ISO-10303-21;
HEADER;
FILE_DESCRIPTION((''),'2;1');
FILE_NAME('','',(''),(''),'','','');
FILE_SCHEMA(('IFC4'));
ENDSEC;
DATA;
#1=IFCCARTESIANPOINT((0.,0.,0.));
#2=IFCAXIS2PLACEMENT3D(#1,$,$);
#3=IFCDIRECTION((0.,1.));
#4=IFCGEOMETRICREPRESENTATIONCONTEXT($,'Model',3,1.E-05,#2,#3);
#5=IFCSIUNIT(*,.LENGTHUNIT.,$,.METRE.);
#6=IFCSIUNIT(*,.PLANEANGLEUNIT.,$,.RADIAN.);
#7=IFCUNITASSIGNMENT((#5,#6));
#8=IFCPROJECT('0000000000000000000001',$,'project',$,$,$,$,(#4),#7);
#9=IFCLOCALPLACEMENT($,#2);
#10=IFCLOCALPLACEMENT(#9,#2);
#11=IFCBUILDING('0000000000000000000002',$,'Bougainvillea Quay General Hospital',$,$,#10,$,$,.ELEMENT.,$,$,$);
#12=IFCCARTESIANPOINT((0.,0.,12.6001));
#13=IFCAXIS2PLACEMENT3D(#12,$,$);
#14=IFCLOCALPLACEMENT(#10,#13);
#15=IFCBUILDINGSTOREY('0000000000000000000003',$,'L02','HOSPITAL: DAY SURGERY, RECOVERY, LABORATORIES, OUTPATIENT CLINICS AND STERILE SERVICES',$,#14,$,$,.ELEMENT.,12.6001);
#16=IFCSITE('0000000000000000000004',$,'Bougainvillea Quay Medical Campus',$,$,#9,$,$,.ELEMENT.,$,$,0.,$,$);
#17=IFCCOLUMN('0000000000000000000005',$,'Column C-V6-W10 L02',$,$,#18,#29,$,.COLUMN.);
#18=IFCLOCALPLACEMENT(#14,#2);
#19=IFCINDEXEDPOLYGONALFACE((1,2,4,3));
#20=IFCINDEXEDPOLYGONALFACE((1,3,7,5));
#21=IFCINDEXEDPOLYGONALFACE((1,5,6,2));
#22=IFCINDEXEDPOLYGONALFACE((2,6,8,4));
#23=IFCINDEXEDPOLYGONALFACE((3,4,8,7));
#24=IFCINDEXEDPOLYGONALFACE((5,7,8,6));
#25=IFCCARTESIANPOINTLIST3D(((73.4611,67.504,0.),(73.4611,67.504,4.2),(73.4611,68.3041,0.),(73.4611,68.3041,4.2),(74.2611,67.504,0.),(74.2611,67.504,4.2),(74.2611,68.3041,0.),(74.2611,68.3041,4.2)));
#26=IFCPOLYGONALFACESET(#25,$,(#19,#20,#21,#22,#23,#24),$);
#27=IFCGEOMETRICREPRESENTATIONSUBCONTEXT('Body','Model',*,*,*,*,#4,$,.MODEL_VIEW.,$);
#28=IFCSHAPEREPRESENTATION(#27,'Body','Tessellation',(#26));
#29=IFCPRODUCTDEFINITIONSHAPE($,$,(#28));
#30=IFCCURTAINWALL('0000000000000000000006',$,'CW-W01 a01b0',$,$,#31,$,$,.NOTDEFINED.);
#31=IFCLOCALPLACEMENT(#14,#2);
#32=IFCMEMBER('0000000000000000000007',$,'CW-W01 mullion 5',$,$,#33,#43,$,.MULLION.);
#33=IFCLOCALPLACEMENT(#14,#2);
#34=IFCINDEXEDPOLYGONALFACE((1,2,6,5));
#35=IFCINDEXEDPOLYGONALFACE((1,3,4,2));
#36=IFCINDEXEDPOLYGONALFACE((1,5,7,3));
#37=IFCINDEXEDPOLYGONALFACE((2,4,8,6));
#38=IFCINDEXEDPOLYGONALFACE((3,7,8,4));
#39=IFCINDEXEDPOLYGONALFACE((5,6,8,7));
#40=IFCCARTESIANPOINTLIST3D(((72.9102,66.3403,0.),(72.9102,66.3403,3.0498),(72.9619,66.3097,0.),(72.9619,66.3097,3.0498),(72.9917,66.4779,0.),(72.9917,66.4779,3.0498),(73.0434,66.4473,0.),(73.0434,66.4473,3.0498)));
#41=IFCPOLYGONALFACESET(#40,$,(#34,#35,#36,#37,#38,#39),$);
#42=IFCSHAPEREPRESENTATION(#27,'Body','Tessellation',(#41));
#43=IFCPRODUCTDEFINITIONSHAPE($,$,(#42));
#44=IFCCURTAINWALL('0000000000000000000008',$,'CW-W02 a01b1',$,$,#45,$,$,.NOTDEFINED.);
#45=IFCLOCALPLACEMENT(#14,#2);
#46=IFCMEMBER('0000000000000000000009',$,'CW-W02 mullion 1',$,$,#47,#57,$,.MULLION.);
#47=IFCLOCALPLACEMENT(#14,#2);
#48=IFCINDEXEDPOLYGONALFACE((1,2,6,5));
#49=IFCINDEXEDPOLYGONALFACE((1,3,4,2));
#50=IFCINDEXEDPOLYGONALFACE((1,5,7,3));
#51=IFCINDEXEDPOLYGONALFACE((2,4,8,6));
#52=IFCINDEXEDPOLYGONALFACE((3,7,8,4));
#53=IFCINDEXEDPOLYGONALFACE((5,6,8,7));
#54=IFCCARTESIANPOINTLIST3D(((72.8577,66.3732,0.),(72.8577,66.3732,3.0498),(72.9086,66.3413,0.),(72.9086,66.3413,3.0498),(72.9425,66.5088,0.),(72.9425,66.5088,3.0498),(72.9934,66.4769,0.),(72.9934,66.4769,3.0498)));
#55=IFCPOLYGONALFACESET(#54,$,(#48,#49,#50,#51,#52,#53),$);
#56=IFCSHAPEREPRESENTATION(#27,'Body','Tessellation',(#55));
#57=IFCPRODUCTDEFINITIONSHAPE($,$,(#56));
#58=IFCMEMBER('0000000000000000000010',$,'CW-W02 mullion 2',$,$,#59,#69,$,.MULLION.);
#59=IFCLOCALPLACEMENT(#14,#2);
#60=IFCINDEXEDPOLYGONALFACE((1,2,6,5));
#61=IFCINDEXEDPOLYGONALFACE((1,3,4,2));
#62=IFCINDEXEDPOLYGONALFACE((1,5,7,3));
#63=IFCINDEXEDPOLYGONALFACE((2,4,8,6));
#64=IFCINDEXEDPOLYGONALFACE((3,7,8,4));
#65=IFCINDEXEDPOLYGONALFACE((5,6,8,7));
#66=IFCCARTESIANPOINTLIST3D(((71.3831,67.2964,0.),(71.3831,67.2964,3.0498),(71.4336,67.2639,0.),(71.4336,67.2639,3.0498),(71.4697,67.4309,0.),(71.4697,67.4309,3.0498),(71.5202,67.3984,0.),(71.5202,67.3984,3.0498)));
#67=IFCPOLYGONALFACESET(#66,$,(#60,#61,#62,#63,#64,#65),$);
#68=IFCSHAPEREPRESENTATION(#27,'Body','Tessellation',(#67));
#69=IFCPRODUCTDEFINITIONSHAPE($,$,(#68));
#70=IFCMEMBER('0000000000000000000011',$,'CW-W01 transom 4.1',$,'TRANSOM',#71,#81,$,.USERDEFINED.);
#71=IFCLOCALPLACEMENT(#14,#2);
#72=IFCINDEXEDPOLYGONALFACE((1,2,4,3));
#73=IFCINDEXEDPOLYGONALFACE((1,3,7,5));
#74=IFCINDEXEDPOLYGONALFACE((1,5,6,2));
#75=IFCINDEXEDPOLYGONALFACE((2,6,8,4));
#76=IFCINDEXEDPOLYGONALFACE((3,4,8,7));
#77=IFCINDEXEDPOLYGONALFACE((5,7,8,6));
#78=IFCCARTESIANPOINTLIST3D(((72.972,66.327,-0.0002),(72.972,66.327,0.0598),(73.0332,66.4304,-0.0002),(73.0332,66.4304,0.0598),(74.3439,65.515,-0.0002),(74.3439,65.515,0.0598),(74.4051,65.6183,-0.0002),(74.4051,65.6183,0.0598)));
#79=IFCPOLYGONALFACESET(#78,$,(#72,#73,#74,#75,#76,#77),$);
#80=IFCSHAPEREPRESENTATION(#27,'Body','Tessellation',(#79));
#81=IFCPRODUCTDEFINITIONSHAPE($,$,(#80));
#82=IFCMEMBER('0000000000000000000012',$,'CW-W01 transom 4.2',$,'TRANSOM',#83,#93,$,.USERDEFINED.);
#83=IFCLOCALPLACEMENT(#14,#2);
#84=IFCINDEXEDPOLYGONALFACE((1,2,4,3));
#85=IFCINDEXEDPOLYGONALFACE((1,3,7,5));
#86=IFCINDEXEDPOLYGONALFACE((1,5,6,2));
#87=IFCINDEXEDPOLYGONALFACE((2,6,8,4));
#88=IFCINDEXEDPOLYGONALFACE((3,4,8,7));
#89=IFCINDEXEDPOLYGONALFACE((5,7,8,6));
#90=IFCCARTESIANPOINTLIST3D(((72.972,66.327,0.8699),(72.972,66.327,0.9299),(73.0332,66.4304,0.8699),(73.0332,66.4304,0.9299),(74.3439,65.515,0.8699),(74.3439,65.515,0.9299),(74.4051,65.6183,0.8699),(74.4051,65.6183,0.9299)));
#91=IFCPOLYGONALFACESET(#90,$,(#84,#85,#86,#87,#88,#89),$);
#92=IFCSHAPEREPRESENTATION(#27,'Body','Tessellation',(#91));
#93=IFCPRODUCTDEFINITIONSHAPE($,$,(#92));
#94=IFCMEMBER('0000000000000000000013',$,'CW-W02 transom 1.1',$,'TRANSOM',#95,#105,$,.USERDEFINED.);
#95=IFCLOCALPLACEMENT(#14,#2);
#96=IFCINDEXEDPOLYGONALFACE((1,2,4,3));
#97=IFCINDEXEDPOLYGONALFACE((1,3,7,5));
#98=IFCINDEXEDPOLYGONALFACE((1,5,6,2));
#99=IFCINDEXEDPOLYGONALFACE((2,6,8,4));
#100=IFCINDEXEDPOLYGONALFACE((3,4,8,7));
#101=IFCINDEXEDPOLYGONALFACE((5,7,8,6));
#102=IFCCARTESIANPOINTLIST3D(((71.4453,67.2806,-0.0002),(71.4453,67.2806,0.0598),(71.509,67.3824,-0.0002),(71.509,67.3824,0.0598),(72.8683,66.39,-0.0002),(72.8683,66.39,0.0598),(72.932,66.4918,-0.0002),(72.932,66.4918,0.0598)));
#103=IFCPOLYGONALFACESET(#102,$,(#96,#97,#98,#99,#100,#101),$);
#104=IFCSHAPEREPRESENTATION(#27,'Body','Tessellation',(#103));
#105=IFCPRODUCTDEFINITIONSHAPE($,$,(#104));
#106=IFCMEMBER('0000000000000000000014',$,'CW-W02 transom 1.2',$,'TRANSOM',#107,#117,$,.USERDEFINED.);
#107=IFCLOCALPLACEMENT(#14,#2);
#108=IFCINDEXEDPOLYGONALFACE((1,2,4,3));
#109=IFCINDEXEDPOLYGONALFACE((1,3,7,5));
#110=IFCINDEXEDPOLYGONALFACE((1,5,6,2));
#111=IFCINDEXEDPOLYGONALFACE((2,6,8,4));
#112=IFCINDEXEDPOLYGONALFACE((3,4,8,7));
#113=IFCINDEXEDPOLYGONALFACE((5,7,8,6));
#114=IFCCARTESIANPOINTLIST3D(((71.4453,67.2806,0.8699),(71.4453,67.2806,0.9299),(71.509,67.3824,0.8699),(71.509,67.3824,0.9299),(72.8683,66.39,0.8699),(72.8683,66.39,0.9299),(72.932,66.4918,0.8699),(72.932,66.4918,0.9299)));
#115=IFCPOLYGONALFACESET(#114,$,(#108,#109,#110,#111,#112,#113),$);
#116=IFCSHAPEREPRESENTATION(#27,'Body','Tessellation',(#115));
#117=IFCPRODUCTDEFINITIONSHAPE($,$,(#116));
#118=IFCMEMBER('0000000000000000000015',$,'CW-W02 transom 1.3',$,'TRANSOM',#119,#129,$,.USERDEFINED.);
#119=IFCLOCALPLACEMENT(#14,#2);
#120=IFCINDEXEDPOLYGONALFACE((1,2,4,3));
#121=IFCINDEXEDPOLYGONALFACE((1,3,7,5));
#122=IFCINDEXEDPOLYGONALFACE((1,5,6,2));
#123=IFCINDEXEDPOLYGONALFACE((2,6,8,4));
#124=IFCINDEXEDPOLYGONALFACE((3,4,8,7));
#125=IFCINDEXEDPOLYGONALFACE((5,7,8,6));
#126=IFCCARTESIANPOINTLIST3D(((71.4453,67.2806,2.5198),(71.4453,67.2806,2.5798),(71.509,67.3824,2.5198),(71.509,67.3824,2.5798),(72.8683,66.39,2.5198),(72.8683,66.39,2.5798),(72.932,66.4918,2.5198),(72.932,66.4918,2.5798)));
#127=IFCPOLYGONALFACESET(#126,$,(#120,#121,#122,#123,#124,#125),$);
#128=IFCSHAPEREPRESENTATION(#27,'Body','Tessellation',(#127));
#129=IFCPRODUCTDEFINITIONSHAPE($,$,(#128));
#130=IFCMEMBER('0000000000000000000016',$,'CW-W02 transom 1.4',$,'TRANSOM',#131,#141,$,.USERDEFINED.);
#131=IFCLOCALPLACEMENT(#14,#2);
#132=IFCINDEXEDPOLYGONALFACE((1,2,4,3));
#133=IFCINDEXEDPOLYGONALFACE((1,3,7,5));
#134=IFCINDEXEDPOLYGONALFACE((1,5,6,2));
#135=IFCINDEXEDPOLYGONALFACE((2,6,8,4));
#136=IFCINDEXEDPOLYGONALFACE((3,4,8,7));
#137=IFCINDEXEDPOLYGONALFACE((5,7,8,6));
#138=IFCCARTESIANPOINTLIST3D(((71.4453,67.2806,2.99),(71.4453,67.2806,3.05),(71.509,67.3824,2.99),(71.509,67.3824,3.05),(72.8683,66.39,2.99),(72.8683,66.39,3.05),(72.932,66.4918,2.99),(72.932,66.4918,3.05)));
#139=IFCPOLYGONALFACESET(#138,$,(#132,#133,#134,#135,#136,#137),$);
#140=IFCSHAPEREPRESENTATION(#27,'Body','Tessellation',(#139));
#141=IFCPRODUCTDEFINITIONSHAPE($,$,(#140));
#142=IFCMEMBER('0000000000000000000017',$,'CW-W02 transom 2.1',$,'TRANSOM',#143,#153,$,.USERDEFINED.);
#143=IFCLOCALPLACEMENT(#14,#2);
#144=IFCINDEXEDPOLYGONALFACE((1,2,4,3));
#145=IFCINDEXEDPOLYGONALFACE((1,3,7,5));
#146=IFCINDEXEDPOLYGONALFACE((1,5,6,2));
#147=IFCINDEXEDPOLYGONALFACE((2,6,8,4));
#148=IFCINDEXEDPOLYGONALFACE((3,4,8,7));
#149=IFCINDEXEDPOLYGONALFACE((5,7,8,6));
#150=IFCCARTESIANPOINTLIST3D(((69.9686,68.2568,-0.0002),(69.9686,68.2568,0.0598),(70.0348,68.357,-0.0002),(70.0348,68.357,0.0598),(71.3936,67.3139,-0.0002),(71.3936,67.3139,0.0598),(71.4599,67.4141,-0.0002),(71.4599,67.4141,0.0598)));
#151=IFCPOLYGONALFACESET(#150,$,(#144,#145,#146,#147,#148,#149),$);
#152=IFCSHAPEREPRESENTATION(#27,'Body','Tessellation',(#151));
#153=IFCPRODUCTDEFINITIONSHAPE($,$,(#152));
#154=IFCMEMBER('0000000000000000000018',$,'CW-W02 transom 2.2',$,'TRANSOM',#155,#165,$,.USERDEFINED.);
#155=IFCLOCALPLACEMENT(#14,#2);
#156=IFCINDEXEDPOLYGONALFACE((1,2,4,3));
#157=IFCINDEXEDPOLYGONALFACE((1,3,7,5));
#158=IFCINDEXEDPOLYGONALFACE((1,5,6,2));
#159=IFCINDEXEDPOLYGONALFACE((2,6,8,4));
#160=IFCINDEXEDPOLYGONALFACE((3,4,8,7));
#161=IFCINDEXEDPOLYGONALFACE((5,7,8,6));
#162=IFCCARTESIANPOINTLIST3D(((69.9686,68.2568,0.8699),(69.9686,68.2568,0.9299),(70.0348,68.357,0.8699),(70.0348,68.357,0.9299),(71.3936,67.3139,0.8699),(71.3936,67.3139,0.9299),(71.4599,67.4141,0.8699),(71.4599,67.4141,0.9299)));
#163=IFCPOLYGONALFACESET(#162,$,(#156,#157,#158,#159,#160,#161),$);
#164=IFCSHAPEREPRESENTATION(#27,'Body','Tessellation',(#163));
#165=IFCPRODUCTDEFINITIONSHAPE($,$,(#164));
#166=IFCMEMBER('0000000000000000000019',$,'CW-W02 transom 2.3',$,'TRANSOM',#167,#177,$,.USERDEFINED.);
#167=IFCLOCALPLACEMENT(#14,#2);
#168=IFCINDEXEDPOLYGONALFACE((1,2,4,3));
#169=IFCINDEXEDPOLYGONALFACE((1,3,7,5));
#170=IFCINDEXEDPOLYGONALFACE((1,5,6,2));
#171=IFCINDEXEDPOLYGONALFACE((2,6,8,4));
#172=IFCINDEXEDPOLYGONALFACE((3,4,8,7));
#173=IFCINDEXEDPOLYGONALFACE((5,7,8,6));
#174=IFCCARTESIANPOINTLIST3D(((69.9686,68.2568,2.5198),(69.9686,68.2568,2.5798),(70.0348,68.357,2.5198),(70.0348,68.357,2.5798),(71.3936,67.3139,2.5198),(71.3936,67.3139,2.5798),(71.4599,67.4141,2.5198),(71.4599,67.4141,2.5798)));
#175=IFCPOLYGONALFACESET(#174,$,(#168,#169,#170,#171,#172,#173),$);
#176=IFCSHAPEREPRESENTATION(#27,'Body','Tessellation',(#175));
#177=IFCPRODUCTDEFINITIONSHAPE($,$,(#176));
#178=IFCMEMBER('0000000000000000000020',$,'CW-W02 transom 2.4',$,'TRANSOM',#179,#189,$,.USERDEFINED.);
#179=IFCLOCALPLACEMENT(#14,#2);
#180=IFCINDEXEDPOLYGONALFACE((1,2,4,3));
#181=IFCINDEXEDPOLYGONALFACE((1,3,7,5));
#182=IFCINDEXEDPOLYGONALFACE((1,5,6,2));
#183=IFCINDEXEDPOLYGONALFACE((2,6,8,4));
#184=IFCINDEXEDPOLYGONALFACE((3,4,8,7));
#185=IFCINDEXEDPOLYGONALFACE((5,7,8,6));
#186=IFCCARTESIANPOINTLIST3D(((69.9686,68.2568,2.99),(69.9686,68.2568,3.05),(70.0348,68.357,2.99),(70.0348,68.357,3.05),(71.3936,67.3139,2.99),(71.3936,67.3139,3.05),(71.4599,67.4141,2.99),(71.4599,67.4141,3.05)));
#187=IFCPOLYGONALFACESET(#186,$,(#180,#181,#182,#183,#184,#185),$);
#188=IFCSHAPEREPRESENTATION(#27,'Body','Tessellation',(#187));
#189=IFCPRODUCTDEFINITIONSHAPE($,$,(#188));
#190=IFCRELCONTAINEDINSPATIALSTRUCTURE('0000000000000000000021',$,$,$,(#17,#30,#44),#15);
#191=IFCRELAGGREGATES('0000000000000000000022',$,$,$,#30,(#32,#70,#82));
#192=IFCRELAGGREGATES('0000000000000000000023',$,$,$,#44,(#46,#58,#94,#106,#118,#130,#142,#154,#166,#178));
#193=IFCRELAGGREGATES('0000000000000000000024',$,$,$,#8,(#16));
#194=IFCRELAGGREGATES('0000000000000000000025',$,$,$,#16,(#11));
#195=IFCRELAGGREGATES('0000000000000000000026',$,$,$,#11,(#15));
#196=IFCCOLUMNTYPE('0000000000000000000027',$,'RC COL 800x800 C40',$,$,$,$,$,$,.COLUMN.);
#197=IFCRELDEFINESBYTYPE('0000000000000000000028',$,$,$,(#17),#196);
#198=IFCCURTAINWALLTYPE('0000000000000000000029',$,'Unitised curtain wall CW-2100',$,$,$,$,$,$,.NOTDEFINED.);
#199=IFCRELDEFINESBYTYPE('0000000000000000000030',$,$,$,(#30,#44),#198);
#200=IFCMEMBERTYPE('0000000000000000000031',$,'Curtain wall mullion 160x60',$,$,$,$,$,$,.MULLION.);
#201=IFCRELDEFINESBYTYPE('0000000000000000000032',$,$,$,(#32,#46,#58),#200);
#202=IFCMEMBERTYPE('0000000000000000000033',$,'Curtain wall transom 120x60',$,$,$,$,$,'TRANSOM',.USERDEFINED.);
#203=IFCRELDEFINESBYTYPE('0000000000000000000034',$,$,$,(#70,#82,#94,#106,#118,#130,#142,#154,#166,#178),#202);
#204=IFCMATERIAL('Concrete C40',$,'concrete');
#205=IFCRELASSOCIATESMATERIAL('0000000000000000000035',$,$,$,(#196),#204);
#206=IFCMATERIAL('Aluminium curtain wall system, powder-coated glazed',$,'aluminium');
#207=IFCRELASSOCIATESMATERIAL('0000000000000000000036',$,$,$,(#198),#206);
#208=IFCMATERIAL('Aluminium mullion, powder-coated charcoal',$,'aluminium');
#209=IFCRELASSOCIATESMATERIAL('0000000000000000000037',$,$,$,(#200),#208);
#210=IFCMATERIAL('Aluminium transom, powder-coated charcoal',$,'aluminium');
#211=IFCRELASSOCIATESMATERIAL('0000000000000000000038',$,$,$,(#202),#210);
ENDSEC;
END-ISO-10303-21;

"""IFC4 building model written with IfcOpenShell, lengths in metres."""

from ifc_helpers import new_model, si_unit, direction, frame, origin, origin_2d, place, context, subcontext, project, spatial, rectangle, extrude, material, material_profile, profile_set, type_object, element, aggregate, save


model = new_model("IFC4")

# Units and contexts
model_context = context("Model", 3, precision=1e-05, world=origin(), true_north=direction((0.0, 1.0)))
body_context = subcontext(model_context, "Body", "Model", "MODEL_VIEW")
ifc_project = project(units=[si_unit("LENGTHUNIT", "METRE"), si_unit("PLANEANGLEUNIT", "RADIAN")], contexts=[model_context])

# Site, building, storey
site_placement = place(None, origin())
site = spatial("IfcSite", under=ifc_project, at=site_placement, Name="Bougainvillea Quay Medical Campus", CompositionType="ELEMENT", RefElevation=0.0)
building_placement = place(site_placement, origin())
building = spatial("IfcBuilding", under=site, at=building_placement, Name="Bougainvillea Quay General Hospital", CompositionType="ELEMENT")
storey_placement = place(building_placement, frame((0.0, 0.0, 12.6001)))
storey = spatial("IfcBuildingStorey", under=building, at=storey_placement, Name="L02", Description="HOSPITAL: DAY SURGERY, RECOVERY, LABORATORIES, OUTPATIENT CLINICS AND STERILE SERVICES", CompositionType="ELEMENT", Elevation=12.6001)

# Column
ifc_material_1 = material(Name="Concrete C40", Category="concrete")
ifc_material_profile_1 = material_profile(ifc_material_1, rectangle(XDim=0.8, YDim=0.8, at=origin_2d()))
ifc_profile_set_1 = profile_set([ifc_material_profile_1], Name="Concrete C40")
column_type = type_object("IfcColumnType", Name="RC COL 800x800 C40", PredefinedType="COLUMN", material=ifc_profile_set_1)
column_placement = place(storey_placement, frame((73.8611, 67.9041, 0.0), z_axis=(0.0, 0.0, 1.0), x_axis=(1.0, 0.0, 0.0)))
element("IfcColumn", 1, at=column_placement, inside=storey, type_object=column_type, Name="Column C-V6-W10 L02", PredefinedType="COLUMN", context=body_context, shape_type="SweptSolid", body=[
    extrude(rectangle(XDim=0.8, YDim=0.8, at=origin_2d()), origin(), (0.0, 0.0, 1.0), 4.2),
])

# Curtain wall, member
ifc_material_2 = material(Name="Aluminium curtain wall system, powder-coated glazed", Category="aluminium")
curtain_wall_type = type_object("IfcCurtainWallType", Name="Unitised curtain wall CW-2100", PredefinedType="NOTDEFINED", material=ifc_material_2)
curtain_wall_1_placement = place(storey_placement, origin())
curtain_wall_1 = element("IfcCurtainWall", 2, at=curtain_wall_1_placement, inside=storey, type_object=curtain_wall_type, Name="CW-W01 a01b0", PredefinedType="NOTDEFINED")
ifc_material_3 = material(Name="Aluminium mullion, powder-coated charcoal", Category="aluminium")
ifc_material_profile_2 = material_profile(ifc_material_3, rectangle(XDim=0.1599, YDim=0.0601, at=origin_2d()))
ifc_profile_set_2 = profile_set([ifc_material_profile_2], Name="Aluminium mullion, powder-coated charcoal")
member_type_1 = type_object("IfcMemberType", Name="Curtain wall mullion 160x60", PredefinedType="MULLION", material=ifc_profile_set_2)
member_1_placement = place(storey_placement, frame((72.9768, 66.3938, 0.0), z_axis=(0.0, 0.0, 1.0), x_axis=(-0.509346, -0.860562, 0.0)))
member_1 = element("IfcMember", 3, at=member_1_placement, type_object=member_type_1, Name="CW-W01 mullion 5", PredefinedType="MULLION", context=body_context, shape_type="SweptSolid", body=[
    extrude(rectangle(XDim=0.1599, YDim=0.0601, at=origin_2d()), origin(), (0.0, 0.0, 1.0), 3.0498),
])

# Curtain wall, members
curtain_wall_2_placement = place(storey_placement, origin())
curtain_wall_2 = element("IfcCurtainWall", 4, at=curtain_wall_2_placement, inside=storey, type_object=curtain_wall_type, Name="CW-W02 a01b1", PredefinedType="NOTDEFINED")
member_2_placement = place(storey_placement, frame((72.9255, 66.425, 0.0), z_axis=(0.0, 0.0, 1.0), x_axis=(-0.530489, -0.847692, 0.0)))
member_2 = element("IfcMember", 5, at=member_2_placement, type_object=member_type_1, Name="CW-W02 mullion 1", PredefinedType="MULLION", context=body_context, shape_type="SweptSolid", body=[
    extrude(rectangle(XDim=0.1599, YDim=0.0601, at=origin_2d()), origin(), (0.0, 0.0, 1.0), 3.0498),
])
member_3_placement = place(storey_placement, frame((71.4517, 67.3474, 0.0), z_axis=(0.0, 0.0, 1.0), x_axis=(-0.541195, -0.840897, 0.0)))
member_3 = element("IfcMember", 6, at=member_3_placement, type_object=member_type_1, Name="CW-W02 mullion 2", PredefinedType="MULLION", context=body_context, shape_type="SweptSolid", body=[
    extrude(rectangle(XDim=0.1599, YDim=0.0601, at=origin_2d()), origin(), (0.0, 0.0, 1.0), 3.0498),
])

# Members
ifc_material_4 = material(Name="Aluminium transom, powder-coated charcoal", Category="aluminium")
ifc_material_profile_3 = material_profile(ifc_material_4, rectangle(XDim=0.1201, YDim=0.0601, at=origin_2d()))
ifc_profile_set_3 = profile_set([ifc_material_profile_3], Name="Aluminium transom, powder-coated charcoal")
member_type_2 = type_object("IfcMemberType", Name="Curtain wall transom 120x60", ElementType="TRANSOM", PredefinedType="USERDEFINED", material=ifc_profile_set_3)
member_4_placement = place(storey_placement, frame((74.3745, 65.5667, 0.0298), z_axis=(-0.860545, 0.509374, 0.0), x_axis=(-0.509374, -0.860545, 0.0)))
member_4 = element("IfcMember", 7, at=member_4_placement, type_object=member_type_2, Name="CW-W01 transom 4.1", ObjectType="TRANSOM", PredefinedType="USERDEFINED", context=body_context, shape_type="SweptSolid", body=[
    extrude(rectangle(XDim=0.1201, YDim=0.0601, at=origin_2d()), origin(), (0.0, 0.0, 1.0), 1.5942),
])
member_5_placement = place(storey_placement, frame((74.3745, 65.5667, 0.8999), z_axis=(-0.860545, 0.509374, 0.0), x_axis=(-0.509374, -0.860545, 0.0)))
member_5 = element("IfcMember", 8, at=member_5_placement, type_object=member_type_2, Name="CW-W01 transom 4.2", ObjectType="TRANSOM", PredefinedType="USERDEFINED", context=body_context, shape_type="SweptSolid", body=[
    extrude(rectangle(XDim=0.1201, YDim=0.0601, at=origin_2d()), origin(), (0.0, 0.0, 1.0), 1.5942),
])
member_6_placement = place(storey_placement, frame((72.9001, 66.4409, 0.0298), z_axis=(-0.84768, 0.530509, 0.0), x_axis=(-0.530509, -0.84768, 0.0)))
member_6 = element("IfcMember", 9, at=member_6_placement, type_object=member_type_2, Name="CW-W02 transom 1.1", ObjectType="TRANSOM", PredefinedType="USERDEFINED", context=body_context, shape_type="SweptSolid", body=[
    extrude(rectangle(XDim=0.1201, YDim=0.0601, at=origin_2d()), origin(), (0.0, 0.0, 1.0), 1.6787),
])
member_7_placement = place(storey_placement, frame((72.9001, 66.4409, 0.8999), z_axis=(-0.84768, 0.530509, 0.0), x_axis=(-0.530509, -0.84768, 0.0)))
member_7 = element("IfcMember", 10, at=member_7_placement, type_object=member_type_2, Name="CW-W02 transom 1.2", ObjectType="TRANSOM", PredefinedType="USERDEFINED", context=body_context, shape_type="SweptSolid", body=[
    extrude(rectangle(XDim=0.1201, YDim=0.0601, at=origin_2d()), origin(), (0.0, 0.0, 1.0), 1.6787),
])
member_8_placement = place(storey_placement, frame((72.9001, 66.4409, 2.5498), z_axis=(-0.84768, 0.530509, 0.0), x_axis=(-0.530509, -0.84768, 0.0)))
member_8 = element("IfcMember", 11, at=member_8_placement, type_object=member_type_2, Name="CW-W02 transom 1.3", ObjectType="TRANSOM", PredefinedType="USERDEFINED", context=body_context, shape_type="SweptSolid", body=[
    extrude(rectangle(XDim=0.1201, YDim=0.0601, at=origin_2d()), origin(), (0.0, 0.0, 1.0), 1.6787),
])
member_9_placement = place(storey_placement, frame((72.9001, 66.4409, 3.02), z_axis=(-0.84768, 0.530509, 0.0), x_axis=(-0.530509, -0.84768, 0.0)))
member_9 = element("IfcMember", 12, at=member_9_placement, type_object=member_type_2, Name="CW-W02 transom 1.4", ObjectType="TRANSOM", PredefinedType="USERDEFINED", context=body_context, shape_type="SweptSolid", body=[
    extrude(rectangle(XDim=0.1201, YDim=0.0601, at=origin_2d()), origin(), (0.0, 0.0, 1.0), 1.6787),
])
member_10_placement = place(storey_placement, frame((71.4268, 67.364, 0.0298), z_axis=(-0.83398, 0.551795, 0.0), x_axis=(-0.551795, -0.83398, 0.0)))
member_10 = element("IfcMember", 13, at=member_10_placement, type_object=member_type_2, Name="CW-W02 transom 2.1", ObjectType="TRANSOM", PredefinedType="USERDEFINED", context=body_context, shape_type="SweptSolid", body=[
    extrude(rectangle(XDim=0.1201, YDim=0.0601, at=origin_2d()), origin(), (0.0, 0.0, 1.0), 1.7087),
])
member_11_placement = place(storey_placement, frame((71.4268, 67.364, 0.8999), z_axis=(-0.83398, 0.551795, 0.0), x_axis=(-0.551795, -0.83398, 0.0)))
member_11 = element("IfcMember", 14, at=member_11_placement, type_object=member_type_2, Name="CW-W02 transom 2.2", ObjectType="TRANSOM", PredefinedType="USERDEFINED", context=body_context, shape_type="SweptSolid", body=[
    extrude(rectangle(XDim=0.1201, YDim=0.0601, at=origin_2d()), origin(), (0.0, 0.0, 1.0), 1.7087),
])
member_12_placement = place(storey_placement, frame((71.4268, 67.364, 2.5498), z_axis=(-0.83398, 0.551795, 0.0), x_axis=(-0.551795, -0.83398, 0.0)))
member_12 = element("IfcMember", 15, at=member_12_placement, type_object=member_type_2, Name="CW-W02 transom 2.3", ObjectType="TRANSOM", PredefinedType="USERDEFINED", context=body_context, shape_type="SweptSolid", body=[
    extrude(rectangle(XDim=0.1201, YDim=0.0601, at=origin_2d()), origin(), (0.0, 0.0, 1.0), 1.7087),
])
member_13_placement = place(storey_placement, frame((71.4268, 67.364, 3.02), z_axis=(-0.83398, 0.551795, 0.0), x_axis=(-0.551795, -0.83398, 0.0)))
member_13 = element("IfcMember", 16, at=member_13_placement, type_object=member_type_2, Name="CW-W02 transom 2.4", ObjectType="TRANSOM", PredefinedType="USERDEFINED", context=body_context, shape_type="SweptSolid", body=[
    extrude(rectangle(XDim=0.1201, YDim=0.0601, at=origin_2d()), origin(), (0.0, 0.0, 1.0), 1.7087),
])

aggregate(curtain_wall_1, [member_1, member_4, member_5])
aggregate(curtain_wall_2, [member_2, member_3, member_6, member_7, member_8, member_9, member_10, member_11, member_12, member_13])

save(model, "model.ifc")
